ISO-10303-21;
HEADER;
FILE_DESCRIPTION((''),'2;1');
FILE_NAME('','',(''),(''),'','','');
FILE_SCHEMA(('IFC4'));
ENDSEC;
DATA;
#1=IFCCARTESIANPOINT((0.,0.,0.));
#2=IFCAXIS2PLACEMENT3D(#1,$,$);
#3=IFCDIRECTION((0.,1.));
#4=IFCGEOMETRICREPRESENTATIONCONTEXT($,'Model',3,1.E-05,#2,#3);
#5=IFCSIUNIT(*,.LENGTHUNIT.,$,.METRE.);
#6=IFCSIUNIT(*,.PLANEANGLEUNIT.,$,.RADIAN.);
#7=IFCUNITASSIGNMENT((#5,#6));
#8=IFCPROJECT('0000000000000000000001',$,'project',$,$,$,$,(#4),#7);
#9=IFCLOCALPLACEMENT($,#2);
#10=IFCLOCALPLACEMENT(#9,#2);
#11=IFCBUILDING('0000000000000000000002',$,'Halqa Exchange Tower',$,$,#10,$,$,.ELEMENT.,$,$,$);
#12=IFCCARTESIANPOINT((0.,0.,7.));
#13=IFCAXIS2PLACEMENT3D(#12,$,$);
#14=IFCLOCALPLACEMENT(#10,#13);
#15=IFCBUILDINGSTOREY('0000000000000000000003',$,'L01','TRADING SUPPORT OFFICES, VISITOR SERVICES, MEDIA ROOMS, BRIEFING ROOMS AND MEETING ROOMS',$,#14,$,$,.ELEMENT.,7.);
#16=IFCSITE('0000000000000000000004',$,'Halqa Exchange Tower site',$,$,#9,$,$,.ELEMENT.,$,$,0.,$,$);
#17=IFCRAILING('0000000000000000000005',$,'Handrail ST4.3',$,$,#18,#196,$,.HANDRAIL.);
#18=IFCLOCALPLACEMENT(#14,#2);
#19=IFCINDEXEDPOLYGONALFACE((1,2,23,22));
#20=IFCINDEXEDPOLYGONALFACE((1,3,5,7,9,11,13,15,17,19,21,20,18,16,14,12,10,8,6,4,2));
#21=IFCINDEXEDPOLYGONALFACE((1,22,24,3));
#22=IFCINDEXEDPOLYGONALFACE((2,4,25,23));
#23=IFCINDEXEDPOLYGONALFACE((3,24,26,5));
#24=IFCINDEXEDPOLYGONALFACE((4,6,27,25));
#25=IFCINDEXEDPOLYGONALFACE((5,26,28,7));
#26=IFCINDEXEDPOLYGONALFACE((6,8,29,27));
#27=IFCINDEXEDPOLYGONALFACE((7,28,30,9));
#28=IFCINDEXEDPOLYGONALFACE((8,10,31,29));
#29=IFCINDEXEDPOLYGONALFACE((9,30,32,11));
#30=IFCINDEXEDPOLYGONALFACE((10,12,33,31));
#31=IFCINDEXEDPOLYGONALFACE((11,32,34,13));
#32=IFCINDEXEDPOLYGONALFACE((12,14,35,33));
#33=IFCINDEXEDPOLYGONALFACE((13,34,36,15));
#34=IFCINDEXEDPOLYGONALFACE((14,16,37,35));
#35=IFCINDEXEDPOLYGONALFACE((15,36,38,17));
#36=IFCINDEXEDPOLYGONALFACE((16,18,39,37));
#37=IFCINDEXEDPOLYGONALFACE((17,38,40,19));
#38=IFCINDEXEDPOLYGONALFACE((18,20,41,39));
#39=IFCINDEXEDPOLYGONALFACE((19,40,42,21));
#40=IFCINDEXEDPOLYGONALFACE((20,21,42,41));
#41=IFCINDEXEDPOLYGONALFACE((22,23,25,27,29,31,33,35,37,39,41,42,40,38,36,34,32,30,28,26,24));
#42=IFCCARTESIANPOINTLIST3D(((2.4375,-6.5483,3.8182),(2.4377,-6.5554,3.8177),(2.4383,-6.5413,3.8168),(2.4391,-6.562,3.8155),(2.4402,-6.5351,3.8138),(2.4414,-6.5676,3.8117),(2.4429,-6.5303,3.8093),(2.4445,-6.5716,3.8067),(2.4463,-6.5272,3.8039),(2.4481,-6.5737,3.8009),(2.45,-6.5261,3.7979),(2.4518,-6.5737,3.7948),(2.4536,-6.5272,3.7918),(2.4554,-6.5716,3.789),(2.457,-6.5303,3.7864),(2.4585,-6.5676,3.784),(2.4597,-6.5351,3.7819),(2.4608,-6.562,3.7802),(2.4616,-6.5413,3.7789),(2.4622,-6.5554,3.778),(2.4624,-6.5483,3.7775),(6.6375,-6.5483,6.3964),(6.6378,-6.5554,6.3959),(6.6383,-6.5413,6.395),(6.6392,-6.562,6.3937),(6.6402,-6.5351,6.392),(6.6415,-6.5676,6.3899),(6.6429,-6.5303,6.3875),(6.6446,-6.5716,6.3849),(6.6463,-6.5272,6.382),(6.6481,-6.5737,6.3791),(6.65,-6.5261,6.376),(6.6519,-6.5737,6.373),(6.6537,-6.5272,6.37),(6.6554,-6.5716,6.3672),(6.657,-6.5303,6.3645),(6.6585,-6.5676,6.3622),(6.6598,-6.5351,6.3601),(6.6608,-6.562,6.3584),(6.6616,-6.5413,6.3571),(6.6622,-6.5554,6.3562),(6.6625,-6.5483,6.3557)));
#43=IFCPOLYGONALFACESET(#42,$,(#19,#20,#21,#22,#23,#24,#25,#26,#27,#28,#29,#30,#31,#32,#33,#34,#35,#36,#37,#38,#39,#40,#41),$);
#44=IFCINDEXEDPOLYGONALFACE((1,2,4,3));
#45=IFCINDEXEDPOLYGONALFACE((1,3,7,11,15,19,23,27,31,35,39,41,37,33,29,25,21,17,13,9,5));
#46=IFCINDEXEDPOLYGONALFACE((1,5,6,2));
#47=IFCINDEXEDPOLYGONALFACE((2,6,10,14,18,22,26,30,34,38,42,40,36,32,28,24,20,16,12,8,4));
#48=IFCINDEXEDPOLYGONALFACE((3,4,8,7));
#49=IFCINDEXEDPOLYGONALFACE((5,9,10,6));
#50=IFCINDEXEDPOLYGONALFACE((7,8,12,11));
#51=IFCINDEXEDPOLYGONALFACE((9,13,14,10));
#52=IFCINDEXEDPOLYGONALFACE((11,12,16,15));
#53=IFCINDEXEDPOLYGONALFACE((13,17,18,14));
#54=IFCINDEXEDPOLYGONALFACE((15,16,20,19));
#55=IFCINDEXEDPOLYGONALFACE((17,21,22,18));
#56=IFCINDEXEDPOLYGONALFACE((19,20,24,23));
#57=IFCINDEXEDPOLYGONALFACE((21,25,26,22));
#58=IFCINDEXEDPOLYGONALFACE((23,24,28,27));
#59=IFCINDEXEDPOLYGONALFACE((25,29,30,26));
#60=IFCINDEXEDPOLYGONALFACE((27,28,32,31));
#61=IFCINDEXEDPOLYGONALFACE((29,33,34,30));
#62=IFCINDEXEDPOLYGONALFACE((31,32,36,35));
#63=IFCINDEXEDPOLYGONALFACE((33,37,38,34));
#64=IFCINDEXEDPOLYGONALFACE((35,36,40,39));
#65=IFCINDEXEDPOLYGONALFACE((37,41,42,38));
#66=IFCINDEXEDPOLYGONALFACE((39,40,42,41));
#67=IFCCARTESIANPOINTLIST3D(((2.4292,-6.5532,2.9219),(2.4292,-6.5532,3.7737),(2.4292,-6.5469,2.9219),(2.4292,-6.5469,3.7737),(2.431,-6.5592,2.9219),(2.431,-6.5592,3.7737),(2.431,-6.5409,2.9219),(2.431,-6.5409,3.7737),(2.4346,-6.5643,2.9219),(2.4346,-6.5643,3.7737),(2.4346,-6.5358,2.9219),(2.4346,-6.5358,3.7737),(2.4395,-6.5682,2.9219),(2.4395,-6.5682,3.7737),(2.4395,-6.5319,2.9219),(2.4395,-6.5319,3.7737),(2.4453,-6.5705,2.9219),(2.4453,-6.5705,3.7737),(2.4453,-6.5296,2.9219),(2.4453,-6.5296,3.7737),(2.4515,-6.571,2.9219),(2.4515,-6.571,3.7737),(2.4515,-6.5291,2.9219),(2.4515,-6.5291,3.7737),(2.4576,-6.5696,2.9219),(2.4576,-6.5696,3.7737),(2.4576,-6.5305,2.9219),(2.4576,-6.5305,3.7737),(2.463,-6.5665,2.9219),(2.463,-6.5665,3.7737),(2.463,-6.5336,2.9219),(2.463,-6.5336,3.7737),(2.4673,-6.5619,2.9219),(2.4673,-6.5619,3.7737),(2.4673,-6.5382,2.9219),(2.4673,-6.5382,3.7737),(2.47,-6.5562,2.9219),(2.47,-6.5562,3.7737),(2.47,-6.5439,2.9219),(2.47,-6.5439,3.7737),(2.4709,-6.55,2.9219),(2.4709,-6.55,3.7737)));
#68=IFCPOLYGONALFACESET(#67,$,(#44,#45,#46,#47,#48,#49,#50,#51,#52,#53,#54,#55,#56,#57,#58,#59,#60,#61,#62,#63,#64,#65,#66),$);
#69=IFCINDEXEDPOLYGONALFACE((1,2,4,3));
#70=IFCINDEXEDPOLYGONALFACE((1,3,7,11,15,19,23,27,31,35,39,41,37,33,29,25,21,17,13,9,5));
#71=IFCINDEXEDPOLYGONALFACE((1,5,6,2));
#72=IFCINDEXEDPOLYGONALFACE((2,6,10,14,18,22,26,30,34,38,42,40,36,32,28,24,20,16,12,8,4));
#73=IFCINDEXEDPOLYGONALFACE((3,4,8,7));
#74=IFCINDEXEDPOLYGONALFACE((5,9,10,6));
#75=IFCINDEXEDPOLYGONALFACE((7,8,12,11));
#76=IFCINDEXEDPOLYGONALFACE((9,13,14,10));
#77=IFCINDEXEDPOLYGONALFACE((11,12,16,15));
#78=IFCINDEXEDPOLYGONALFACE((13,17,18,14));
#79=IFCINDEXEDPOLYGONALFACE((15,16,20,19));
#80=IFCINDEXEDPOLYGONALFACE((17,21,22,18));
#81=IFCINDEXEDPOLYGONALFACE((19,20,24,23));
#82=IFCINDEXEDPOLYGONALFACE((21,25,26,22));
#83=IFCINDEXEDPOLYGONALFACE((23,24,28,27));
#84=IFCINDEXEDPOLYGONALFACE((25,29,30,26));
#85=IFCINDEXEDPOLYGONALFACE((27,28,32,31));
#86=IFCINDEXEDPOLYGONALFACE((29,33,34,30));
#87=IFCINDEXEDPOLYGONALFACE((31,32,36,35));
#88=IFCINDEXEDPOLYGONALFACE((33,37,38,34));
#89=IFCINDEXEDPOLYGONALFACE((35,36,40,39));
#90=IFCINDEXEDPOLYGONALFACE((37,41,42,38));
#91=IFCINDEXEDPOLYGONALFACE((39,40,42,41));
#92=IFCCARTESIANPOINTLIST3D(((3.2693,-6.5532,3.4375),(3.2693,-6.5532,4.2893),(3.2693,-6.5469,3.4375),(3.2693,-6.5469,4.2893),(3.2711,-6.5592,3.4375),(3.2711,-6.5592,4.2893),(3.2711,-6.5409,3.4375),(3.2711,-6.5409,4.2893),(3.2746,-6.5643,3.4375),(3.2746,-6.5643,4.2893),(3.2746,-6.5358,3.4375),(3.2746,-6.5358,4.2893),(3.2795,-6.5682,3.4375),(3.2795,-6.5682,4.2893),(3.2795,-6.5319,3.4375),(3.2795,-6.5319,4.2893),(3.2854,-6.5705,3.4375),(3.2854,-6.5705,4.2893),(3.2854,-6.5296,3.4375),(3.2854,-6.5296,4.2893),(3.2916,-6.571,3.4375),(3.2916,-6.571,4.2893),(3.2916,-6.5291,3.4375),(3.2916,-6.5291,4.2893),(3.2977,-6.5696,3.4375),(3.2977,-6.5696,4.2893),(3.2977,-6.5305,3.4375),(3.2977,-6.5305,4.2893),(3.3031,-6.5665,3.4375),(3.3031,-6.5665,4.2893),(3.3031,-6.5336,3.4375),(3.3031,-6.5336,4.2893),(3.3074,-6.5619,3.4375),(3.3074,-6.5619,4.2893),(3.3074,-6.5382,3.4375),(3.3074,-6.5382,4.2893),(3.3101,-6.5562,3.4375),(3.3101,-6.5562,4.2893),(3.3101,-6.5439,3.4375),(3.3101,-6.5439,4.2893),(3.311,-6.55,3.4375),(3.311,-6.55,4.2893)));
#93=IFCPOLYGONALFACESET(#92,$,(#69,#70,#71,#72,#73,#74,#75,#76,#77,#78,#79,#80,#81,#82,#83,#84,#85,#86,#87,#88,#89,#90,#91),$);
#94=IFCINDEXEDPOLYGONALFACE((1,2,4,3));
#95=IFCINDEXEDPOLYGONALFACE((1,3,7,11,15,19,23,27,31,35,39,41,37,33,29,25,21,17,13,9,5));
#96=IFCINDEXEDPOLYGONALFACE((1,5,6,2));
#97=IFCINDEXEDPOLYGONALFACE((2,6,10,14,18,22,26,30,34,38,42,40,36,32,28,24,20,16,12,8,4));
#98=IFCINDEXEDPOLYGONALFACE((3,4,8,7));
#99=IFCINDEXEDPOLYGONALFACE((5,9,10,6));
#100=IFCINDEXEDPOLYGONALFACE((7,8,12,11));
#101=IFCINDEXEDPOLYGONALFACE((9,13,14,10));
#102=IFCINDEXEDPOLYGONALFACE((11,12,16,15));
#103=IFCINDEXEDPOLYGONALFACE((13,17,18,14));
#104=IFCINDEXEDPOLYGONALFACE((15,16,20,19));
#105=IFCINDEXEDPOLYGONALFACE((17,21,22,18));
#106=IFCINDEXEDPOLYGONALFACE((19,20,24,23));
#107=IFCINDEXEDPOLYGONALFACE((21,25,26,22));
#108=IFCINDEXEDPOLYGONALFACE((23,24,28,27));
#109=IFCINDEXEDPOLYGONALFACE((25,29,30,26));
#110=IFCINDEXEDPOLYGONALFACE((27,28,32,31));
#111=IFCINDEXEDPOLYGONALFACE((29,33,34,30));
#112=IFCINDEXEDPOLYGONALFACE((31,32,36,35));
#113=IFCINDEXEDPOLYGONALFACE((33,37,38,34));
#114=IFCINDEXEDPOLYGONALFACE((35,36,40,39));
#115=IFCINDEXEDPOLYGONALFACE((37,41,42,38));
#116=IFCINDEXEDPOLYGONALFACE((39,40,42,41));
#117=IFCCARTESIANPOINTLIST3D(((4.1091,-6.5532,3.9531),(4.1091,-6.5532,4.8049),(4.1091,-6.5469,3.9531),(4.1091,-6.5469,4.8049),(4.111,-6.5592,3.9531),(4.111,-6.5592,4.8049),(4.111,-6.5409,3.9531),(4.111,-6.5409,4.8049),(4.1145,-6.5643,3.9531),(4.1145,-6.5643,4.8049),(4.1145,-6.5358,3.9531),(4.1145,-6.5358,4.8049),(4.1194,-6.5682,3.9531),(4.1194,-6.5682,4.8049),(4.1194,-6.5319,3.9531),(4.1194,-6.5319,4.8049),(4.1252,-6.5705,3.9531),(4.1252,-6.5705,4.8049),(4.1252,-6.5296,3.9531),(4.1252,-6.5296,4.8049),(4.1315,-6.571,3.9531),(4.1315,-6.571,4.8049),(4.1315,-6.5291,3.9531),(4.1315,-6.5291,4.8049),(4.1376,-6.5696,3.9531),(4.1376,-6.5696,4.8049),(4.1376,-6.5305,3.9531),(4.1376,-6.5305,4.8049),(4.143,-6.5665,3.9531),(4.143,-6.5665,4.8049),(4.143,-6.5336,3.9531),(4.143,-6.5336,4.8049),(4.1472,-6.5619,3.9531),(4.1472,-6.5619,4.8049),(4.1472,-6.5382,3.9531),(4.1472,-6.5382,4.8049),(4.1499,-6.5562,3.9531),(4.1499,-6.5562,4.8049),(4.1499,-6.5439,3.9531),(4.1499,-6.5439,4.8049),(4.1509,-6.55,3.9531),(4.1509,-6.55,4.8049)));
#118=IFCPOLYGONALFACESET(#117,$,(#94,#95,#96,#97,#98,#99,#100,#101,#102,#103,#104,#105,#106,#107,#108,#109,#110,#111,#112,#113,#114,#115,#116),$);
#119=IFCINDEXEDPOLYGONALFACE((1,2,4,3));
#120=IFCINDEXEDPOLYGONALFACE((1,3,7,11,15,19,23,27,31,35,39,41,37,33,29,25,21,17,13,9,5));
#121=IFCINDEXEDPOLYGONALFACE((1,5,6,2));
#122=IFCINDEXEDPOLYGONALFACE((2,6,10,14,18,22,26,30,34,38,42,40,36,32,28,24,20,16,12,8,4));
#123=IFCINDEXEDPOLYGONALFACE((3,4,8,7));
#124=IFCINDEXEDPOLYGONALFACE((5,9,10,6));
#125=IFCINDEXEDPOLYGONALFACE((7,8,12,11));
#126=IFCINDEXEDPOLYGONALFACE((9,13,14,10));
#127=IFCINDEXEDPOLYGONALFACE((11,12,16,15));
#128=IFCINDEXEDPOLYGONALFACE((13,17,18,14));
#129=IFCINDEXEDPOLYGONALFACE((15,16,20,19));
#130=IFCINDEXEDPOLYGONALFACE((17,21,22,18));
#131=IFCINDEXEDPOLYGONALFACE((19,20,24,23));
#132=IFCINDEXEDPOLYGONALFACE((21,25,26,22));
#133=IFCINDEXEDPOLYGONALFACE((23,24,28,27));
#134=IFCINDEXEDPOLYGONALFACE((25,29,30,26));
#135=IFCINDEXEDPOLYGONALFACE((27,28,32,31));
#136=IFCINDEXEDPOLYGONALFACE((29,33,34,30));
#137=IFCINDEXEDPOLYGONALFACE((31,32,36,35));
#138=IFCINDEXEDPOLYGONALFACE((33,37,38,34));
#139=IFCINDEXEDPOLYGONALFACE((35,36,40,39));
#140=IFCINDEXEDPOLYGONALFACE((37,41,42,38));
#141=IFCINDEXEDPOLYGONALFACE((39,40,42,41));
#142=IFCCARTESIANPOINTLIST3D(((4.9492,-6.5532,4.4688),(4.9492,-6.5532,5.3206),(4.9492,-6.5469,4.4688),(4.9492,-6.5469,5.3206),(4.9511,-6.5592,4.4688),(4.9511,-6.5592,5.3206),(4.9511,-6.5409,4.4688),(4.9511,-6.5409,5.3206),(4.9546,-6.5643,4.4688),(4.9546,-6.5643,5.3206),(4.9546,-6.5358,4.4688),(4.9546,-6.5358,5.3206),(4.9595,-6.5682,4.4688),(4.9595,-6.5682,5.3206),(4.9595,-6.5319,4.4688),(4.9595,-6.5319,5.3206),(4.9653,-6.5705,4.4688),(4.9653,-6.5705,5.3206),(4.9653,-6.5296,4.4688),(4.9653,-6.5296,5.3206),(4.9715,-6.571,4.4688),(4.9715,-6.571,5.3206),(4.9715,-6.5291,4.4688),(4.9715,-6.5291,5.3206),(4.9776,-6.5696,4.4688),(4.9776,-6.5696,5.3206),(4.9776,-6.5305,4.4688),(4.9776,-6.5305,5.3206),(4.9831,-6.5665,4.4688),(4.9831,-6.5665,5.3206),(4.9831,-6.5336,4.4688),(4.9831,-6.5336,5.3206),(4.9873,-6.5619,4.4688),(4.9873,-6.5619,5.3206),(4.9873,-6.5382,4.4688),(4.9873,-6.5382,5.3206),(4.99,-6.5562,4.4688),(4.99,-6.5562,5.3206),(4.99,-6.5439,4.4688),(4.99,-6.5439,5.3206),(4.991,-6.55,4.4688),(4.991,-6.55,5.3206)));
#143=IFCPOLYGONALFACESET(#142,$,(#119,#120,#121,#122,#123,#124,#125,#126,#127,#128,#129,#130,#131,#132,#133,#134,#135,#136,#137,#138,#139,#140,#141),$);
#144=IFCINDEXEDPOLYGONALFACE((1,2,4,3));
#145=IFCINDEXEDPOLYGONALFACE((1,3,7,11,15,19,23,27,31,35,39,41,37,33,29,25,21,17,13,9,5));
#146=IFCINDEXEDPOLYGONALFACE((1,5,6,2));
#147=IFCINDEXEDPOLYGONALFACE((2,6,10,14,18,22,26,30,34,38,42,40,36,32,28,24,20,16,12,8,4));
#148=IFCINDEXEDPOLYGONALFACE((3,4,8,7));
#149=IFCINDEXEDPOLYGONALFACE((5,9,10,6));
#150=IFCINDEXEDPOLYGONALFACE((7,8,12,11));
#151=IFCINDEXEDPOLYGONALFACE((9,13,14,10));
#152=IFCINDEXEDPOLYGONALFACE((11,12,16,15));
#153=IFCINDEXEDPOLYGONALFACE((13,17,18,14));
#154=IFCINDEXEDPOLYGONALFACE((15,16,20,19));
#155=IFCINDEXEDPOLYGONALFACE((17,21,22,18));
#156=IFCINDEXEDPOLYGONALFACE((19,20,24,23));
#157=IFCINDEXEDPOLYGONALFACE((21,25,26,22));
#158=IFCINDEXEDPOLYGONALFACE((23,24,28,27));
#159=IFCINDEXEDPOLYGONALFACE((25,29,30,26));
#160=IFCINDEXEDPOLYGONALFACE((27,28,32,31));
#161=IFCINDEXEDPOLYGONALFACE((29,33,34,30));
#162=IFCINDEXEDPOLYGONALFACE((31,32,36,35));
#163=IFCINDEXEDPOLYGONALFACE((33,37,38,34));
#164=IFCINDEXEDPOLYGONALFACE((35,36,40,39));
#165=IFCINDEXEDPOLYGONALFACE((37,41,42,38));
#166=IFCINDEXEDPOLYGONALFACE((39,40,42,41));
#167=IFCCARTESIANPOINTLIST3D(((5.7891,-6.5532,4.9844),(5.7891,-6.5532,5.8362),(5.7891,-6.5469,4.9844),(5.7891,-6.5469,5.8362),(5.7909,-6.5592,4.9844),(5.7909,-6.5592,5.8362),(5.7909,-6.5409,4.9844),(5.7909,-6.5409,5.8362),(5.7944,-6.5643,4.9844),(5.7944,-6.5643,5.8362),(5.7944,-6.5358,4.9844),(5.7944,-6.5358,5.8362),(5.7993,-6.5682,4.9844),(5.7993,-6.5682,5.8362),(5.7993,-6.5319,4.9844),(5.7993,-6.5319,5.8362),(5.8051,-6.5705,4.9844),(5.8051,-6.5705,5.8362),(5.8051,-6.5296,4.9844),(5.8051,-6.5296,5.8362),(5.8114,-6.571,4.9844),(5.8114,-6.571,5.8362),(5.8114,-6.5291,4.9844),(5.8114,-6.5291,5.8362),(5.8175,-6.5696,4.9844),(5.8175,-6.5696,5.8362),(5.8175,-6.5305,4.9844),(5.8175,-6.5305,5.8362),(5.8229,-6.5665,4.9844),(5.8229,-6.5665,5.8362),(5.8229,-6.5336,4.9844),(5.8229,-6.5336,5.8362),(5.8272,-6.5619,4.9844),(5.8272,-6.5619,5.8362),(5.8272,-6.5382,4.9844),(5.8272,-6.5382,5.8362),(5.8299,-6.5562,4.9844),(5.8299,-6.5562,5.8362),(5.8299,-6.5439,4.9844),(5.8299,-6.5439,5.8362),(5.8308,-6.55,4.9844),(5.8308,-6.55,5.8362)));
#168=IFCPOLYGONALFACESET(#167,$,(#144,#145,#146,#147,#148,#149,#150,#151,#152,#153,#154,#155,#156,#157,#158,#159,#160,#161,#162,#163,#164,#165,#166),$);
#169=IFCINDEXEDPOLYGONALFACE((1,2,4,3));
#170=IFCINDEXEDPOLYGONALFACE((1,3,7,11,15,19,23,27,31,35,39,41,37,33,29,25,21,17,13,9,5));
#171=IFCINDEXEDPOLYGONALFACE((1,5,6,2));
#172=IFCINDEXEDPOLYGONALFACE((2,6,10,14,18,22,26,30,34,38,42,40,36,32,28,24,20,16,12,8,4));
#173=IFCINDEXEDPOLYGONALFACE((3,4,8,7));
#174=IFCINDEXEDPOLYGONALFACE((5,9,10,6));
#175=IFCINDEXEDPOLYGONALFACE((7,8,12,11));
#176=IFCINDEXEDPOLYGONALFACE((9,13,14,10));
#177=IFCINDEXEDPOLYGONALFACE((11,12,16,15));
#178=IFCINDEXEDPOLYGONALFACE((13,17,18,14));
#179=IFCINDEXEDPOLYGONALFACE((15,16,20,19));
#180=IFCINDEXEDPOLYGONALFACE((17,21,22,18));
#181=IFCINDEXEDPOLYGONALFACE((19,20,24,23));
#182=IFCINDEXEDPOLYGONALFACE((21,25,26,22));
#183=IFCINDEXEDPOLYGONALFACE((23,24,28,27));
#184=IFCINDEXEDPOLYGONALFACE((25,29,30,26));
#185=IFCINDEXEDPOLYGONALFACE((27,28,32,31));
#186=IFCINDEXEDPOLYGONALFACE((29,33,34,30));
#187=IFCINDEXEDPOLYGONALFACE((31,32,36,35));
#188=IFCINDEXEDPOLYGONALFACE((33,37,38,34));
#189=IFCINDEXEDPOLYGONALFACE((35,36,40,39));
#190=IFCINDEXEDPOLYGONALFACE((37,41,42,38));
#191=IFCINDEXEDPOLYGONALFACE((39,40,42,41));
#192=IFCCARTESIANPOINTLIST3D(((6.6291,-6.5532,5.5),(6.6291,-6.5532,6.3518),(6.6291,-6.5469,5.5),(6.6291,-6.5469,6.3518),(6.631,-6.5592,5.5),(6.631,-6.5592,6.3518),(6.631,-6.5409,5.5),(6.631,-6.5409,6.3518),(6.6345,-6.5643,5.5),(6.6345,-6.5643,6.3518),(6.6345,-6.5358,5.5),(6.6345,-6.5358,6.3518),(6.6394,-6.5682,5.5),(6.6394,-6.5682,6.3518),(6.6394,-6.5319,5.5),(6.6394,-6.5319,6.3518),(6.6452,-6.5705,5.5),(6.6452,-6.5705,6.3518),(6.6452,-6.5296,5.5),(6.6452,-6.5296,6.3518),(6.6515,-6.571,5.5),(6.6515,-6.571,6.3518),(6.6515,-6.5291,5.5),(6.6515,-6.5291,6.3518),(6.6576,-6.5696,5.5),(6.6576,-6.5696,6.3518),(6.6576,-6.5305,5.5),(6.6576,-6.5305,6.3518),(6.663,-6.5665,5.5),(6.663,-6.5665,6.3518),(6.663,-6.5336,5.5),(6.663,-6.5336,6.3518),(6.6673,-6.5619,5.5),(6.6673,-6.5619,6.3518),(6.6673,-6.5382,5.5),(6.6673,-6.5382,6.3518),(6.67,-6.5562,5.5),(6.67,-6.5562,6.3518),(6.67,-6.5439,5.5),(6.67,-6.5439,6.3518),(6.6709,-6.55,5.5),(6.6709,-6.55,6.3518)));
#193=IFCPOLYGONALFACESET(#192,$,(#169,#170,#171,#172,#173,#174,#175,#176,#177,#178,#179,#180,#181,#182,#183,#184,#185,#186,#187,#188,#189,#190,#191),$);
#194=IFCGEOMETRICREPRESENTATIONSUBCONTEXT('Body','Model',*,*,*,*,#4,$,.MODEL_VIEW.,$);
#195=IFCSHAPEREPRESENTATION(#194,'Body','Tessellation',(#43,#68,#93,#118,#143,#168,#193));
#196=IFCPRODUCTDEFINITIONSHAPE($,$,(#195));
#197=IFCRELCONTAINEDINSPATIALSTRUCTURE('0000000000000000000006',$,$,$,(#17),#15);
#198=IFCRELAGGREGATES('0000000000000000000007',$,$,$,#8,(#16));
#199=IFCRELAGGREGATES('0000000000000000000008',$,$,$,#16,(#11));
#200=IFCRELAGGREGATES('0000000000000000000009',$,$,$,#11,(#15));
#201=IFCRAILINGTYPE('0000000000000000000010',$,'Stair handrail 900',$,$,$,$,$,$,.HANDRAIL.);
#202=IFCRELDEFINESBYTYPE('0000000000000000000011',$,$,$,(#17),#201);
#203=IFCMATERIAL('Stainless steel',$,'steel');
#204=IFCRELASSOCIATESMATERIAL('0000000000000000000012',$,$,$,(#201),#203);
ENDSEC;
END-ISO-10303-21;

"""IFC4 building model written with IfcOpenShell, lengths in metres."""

from ifc_helpers import new_model, si_unit, direction, frame, origin, origin_2d, place, context, subcontext, project, spatial, circle, extrude, material, type_object, element, save


model = new_model("IFC4")

# Units and contexts
model_context = context("Model", 3, precision=1e-05, world=origin(), true_north=direction((0.0, 1.0)))
body_context = subcontext(model_context, "Body", "Model", "MODEL_VIEW")
ifc_project = project(units=[si_unit("LENGTHUNIT", "METRE"), si_unit("PLANEANGLEUNIT", "RADIAN")], contexts=[model_context])

# Site, building, storey
site_placement = place(None, origin())
site = spatial("IfcSite", under=ifc_project, at=site_placement, Name="Halqa Exchange Tower site", CompositionType="ELEMENT", RefElevation=0.0)
building_placement = place(site_placement, origin())
building = spatial("IfcBuilding", under=site, at=building_placement, Name="Halqa Exchange Tower", CompositionType="ELEMENT")
storey_placement = place(building_placement, frame((0.0, 0.0, 7.0)))
storey = spatial("IfcBuildingStorey", under=building, at=storey_placement, Name="L01", Description="TRADING SUPPORT OFFICES, VISITOR SERVICES, MEDIA ROOMS, BRIEFING ROOMS AND MEETING ROOMS", CompositionType="ELEMENT", Elevation=7.0)

# Railing
ifc_material_1 = material(Name="Stainless steel", Category="steel")
railing_type_1 = type_object("IfcRailingType", Name="Stair handrail 900", PredefinedType="HANDRAIL", material=ifc_material_1)
railing_1_placement = place(storey_placement, frame((2.45, -6.55, 2.9219)))
element("IfcRailing", 1, at=railing_1_placement, inside=storey, type_object=railing_type_1, Name="Handrail ST4.3", PredefinedType="HANDRAIL", context=body_context, shape_type="SweptSolid", body=[
    extrude(circle(Radius=0.0239, at=origin_2d()), frame((0.0, 0.0, 0.876), z_axis=(0.852243, 0.0, 0.523146), x_axis=(0.0, 1.0, 0.0)), (0.0, 0.0, 1.0), 4.9282),
    extrude(circle(Radius=0.021, at=origin_2d()), origin(), (0.0, 0.0, 1.0), 0.8518),
    extrude(circle(Radius=0.021, at=origin_2d()), frame((0.8401, 0.0, 0.5156)), (0.0, 0.0, 1.0), 0.8518),
    extrude(circle(Radius=0.021, at=origin_2d()), frame((1.6799, 0.0, 1.0312)), (0.0, 0.0, 1.0), 0.8518),
    extrude(circle(Radius=0.021, at=origin_2d()), frame((2.52, 0.0, 1.5469)), (0.0, 0.0, 1.0), 0.8518),
    extrude(circle(Radius=0.021, at=origin_2d()), frame((3.3599, 0.0, 2.0625)), (0.0, 0.0, 1.0), 0.8518),
    extrude(circle(Radius=0.021, at=origin_2d()), frame((4.2, 0.0, 2.5781)), (0.0, 0.0, 1.0), 0.8518),
])

save(model, "model.ifc")
